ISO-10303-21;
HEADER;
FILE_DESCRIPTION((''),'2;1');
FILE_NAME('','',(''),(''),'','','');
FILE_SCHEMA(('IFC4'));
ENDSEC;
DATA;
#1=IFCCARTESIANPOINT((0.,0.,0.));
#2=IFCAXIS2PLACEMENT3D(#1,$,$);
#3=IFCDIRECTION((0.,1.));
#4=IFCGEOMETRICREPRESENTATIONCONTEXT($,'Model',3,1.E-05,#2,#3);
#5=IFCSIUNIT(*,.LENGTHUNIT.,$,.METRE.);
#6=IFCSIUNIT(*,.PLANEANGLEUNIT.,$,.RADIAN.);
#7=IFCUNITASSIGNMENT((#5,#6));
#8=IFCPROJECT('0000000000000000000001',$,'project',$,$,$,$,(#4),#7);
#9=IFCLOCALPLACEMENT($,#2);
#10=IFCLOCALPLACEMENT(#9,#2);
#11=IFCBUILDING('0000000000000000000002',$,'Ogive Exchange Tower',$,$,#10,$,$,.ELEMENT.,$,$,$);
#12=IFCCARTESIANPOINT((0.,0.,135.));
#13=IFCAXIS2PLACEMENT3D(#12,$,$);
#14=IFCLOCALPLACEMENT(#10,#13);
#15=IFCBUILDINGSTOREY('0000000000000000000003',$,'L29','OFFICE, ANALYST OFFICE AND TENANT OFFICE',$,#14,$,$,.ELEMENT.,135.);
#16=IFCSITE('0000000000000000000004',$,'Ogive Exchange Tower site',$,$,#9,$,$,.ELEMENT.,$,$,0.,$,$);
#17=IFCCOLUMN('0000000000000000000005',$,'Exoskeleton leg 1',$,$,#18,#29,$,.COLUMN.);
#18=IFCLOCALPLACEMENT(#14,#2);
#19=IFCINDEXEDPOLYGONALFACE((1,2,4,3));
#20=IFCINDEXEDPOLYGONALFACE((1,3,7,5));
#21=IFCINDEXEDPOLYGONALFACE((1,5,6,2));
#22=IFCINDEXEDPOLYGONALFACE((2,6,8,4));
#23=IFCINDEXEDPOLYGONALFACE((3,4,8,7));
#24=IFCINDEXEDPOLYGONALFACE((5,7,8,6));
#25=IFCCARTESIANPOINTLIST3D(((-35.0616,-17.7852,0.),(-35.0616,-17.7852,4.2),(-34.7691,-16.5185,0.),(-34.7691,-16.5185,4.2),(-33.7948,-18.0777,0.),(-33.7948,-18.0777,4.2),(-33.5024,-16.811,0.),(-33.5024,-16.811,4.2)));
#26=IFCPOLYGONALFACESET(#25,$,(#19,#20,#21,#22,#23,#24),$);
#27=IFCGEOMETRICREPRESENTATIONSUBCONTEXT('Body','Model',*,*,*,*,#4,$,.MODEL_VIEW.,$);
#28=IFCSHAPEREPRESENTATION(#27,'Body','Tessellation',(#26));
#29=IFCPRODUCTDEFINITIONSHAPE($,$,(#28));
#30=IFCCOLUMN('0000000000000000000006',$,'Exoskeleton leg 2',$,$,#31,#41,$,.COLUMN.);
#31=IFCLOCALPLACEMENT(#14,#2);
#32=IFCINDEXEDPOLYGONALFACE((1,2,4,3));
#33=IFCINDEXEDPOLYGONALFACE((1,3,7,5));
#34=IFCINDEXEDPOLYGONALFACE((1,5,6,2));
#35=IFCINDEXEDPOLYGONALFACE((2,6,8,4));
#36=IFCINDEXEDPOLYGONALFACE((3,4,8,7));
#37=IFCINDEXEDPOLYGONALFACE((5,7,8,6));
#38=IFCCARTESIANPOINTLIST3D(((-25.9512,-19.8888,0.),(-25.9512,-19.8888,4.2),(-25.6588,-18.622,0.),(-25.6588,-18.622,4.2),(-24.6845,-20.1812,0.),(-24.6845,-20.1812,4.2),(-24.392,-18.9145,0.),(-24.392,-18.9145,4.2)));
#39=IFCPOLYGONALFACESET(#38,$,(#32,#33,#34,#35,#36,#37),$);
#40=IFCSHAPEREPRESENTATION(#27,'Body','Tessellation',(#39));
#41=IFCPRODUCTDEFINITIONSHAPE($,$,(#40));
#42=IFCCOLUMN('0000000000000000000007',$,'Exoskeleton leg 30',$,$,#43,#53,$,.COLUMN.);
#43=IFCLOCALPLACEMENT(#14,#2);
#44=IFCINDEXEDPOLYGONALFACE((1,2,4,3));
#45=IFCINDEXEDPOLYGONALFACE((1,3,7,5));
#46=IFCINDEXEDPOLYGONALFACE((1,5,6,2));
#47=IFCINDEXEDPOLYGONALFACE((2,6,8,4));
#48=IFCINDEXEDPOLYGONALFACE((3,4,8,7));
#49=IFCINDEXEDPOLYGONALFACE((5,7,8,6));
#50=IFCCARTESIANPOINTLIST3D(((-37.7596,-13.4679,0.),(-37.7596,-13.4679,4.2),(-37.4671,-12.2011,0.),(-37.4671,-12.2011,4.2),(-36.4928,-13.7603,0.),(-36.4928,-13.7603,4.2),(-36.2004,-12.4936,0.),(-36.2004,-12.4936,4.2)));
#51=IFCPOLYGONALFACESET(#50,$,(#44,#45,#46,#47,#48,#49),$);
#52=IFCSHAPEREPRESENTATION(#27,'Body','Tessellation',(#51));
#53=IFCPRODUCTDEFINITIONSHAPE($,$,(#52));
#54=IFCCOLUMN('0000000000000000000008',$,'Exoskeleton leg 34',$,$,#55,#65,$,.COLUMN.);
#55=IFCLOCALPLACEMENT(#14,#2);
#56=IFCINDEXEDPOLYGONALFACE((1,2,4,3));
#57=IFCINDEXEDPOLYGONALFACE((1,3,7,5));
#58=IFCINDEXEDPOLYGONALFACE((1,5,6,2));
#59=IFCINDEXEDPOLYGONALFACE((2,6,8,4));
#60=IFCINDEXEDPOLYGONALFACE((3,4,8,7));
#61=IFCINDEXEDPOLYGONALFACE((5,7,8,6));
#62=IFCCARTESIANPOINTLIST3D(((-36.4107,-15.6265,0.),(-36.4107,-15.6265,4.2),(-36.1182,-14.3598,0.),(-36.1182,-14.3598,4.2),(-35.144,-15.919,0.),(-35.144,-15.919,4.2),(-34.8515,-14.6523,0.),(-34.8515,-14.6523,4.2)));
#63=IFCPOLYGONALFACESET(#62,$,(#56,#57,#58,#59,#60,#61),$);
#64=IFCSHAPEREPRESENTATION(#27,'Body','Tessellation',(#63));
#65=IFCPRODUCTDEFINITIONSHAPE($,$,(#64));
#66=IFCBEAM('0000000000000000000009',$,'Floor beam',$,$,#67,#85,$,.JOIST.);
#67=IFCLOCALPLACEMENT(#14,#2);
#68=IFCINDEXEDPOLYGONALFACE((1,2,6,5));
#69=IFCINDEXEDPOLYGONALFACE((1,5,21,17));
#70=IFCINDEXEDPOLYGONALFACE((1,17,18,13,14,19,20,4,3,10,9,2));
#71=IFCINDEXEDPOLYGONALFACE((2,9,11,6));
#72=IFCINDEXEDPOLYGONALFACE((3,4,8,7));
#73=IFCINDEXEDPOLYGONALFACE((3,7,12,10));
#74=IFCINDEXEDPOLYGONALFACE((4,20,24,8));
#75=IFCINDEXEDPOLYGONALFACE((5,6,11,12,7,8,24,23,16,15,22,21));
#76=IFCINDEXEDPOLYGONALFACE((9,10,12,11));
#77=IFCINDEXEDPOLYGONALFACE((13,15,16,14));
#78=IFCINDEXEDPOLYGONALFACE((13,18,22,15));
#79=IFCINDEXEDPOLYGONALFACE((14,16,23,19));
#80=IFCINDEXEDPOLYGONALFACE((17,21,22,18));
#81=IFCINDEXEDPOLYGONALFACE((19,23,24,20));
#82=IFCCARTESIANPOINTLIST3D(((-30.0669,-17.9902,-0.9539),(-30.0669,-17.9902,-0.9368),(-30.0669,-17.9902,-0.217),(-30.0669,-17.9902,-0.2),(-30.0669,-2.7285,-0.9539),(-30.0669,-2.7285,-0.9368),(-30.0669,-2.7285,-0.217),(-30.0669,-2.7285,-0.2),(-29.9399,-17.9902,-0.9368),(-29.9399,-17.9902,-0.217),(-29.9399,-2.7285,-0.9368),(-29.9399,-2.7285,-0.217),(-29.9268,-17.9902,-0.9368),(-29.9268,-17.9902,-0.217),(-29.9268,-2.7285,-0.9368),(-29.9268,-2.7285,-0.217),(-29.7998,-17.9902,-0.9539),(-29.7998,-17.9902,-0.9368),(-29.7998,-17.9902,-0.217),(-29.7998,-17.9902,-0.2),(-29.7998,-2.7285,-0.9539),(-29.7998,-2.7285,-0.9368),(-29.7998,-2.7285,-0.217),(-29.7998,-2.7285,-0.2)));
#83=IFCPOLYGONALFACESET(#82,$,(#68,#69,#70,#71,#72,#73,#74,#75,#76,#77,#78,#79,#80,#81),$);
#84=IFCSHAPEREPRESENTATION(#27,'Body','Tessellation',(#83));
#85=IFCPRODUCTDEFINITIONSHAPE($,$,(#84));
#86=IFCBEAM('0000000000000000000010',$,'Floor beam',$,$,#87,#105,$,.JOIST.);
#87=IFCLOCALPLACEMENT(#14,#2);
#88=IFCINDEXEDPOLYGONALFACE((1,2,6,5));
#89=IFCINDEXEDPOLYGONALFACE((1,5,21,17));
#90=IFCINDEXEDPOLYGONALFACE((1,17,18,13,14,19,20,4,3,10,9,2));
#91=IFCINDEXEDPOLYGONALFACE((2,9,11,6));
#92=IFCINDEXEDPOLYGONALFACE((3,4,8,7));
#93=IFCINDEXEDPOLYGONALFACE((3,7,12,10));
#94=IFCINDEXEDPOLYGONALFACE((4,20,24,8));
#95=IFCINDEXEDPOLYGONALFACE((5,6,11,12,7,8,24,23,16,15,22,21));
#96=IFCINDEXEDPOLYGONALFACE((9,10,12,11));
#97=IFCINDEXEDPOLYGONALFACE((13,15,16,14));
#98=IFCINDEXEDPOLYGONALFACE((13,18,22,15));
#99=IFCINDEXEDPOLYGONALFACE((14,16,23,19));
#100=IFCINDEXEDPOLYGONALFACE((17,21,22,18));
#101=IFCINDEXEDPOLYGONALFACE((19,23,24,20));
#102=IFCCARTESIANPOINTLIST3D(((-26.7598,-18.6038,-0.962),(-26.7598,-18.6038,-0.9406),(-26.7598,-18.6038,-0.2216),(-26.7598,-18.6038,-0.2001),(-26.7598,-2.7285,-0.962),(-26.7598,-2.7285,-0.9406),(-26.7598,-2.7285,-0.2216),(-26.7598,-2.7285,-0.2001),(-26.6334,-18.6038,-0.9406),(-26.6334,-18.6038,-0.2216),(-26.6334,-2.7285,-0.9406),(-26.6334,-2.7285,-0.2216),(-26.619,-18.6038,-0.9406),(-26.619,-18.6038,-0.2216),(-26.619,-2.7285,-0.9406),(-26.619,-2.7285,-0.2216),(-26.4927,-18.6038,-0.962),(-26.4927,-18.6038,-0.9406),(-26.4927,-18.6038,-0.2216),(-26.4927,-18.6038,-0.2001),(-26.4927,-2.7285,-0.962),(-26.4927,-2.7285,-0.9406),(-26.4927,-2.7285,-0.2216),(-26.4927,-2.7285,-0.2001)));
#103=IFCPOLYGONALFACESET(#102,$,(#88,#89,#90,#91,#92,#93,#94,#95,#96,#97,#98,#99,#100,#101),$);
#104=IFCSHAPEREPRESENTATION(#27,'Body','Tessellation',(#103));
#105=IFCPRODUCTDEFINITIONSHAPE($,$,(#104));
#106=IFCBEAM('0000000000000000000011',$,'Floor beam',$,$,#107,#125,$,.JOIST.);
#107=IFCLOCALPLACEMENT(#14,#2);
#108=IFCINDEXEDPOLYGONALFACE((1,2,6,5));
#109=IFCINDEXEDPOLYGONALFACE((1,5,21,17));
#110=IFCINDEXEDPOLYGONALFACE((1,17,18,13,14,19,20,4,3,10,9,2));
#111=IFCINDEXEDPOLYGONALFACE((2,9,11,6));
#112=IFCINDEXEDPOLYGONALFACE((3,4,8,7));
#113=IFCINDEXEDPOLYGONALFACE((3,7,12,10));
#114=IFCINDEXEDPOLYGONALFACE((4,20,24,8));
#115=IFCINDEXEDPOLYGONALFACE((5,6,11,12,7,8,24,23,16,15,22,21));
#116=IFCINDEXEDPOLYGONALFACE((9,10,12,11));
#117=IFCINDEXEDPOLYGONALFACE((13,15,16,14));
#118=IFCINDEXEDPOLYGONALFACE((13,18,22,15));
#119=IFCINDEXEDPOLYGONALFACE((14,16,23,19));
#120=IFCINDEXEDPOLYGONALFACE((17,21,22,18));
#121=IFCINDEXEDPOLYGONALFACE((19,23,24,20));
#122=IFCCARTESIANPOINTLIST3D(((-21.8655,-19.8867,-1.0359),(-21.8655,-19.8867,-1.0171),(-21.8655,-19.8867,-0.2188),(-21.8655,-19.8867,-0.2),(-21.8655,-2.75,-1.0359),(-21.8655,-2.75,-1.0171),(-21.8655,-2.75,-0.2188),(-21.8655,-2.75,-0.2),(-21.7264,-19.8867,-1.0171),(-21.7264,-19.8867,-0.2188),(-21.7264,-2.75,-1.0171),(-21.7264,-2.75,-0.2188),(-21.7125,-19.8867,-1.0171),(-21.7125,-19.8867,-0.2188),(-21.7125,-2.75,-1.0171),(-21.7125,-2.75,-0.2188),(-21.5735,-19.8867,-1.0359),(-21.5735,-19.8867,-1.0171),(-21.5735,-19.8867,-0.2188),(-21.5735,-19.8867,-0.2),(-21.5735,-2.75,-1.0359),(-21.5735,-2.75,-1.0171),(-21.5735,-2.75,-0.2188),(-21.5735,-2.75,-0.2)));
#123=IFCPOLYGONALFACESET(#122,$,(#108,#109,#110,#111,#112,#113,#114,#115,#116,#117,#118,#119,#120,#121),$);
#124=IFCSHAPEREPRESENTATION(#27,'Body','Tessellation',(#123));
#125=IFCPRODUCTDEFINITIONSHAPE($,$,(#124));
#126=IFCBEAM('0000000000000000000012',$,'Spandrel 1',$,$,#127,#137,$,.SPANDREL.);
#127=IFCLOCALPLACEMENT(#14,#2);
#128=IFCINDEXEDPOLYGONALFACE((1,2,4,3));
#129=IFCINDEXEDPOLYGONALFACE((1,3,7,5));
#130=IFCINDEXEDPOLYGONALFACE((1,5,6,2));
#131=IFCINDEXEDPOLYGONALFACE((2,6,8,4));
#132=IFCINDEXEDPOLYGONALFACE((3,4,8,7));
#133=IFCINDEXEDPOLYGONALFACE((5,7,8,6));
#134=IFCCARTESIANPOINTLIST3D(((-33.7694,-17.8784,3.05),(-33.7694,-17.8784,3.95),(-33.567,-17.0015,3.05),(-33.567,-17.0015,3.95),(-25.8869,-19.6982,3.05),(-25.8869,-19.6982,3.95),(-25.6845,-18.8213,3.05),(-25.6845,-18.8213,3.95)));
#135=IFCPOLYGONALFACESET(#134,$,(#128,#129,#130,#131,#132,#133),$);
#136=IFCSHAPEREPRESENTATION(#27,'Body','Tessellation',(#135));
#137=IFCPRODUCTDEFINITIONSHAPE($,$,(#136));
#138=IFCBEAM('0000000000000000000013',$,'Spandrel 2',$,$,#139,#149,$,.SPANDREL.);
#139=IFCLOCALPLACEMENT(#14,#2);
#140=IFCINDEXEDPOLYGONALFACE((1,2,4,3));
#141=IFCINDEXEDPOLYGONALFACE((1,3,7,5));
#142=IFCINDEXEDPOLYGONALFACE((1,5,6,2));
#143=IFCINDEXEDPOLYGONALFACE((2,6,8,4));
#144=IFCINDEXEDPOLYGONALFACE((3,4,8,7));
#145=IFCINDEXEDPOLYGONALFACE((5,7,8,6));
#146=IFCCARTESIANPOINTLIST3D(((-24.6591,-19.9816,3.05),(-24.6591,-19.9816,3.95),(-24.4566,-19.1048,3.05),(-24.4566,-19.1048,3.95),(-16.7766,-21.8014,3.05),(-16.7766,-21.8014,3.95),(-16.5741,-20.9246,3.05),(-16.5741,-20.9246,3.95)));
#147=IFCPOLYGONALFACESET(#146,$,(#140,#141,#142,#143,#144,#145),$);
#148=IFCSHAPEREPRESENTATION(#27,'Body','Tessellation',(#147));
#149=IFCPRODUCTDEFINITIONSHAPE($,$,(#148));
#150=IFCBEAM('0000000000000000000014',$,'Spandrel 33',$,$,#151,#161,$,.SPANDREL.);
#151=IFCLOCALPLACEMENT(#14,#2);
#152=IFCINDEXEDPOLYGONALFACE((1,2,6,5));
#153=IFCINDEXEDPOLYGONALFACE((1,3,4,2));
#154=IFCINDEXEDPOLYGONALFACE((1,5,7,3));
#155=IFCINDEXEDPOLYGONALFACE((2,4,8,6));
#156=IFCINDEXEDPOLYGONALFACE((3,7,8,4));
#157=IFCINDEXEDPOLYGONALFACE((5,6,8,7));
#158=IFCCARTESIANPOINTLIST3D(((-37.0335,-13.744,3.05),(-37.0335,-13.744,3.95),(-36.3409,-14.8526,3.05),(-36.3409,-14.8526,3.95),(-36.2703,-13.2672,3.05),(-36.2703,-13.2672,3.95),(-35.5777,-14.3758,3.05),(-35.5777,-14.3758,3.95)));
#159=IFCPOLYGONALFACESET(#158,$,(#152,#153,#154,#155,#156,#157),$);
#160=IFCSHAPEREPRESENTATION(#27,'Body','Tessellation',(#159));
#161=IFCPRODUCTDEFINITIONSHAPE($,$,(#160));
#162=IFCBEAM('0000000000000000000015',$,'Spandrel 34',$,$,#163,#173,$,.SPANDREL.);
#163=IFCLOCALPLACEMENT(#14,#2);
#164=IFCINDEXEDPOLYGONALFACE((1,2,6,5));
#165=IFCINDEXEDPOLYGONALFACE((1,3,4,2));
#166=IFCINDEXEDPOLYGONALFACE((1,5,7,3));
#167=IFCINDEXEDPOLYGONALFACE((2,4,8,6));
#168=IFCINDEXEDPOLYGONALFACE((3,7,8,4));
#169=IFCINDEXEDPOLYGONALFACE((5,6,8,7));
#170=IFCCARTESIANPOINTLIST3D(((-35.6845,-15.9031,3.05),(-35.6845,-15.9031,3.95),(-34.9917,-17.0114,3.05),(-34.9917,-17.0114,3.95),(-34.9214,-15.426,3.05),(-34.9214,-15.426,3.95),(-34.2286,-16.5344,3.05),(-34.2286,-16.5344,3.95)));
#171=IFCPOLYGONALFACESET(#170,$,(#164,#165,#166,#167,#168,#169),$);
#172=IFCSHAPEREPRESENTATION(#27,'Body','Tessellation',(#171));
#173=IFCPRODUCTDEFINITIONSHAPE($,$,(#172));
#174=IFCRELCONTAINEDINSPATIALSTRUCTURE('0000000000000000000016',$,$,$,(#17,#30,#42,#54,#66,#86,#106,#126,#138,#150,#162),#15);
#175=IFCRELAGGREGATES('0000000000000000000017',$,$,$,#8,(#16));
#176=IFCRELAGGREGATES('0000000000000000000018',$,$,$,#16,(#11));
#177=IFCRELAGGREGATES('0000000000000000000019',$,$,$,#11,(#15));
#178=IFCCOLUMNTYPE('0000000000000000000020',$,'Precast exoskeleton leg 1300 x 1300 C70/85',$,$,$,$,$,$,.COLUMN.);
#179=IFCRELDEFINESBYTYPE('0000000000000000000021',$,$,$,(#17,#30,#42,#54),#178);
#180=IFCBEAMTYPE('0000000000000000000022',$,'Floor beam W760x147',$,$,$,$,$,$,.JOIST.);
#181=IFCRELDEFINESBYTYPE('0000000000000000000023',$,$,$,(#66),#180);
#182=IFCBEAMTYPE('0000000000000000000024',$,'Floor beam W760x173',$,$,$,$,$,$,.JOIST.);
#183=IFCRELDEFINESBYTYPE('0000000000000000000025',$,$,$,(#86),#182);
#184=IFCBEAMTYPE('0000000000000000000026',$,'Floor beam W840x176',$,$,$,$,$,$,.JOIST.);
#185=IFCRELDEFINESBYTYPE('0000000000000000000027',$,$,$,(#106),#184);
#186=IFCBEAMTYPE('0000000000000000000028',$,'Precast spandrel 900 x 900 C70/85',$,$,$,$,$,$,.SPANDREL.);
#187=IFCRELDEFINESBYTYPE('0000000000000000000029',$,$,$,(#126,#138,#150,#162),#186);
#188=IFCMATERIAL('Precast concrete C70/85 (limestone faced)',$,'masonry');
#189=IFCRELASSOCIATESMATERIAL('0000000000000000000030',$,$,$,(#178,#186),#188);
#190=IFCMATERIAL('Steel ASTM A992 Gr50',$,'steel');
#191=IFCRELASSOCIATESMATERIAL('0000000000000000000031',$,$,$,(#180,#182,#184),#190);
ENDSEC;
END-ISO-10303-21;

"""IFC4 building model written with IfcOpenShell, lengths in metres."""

from ifc_helpers import new_model, si_unit, direction, frame, origin, origin_2d, place, context, subcontext, project, spatial, rectangle, i_section, extrude, material, material_profile, profile_set, type_object, element, save


model = new_model("IFC4")

# Units and contexts
model_context = context("Model", 3, precision=1e-05, world=origin(), true_north=direction((0.0, 1.0)))
body_context = subcontext(model_context, "Body", "Model", "MODEL_VIEW")
ifc_project = project(units=[si_unit("LENGTHUNIT", "METRE"), si_unit("PLANEANGLEUNIT", "RADIAN")], contexts=[model_context])

# Site, building, storey
site_placement = place(None, origin())
site = spatial("IfcSite", under=ifc_project, at=site_placement, Name="Ogive Exchange Tower site", CompositionType="ELEMENT", RefElevation=0.0)
building_placement = place(site_placement, origin())
building = spatial("IfcBuilding", under=site, at=building_placement, Name="Ogive Exchange Tower", CompositionType="ELEMENT")
storey_placement = place(building_placement, frame((0.0, 0.0, 135.0)))
storey = spatial("IfcBuildingStorey", under=building, at=storey_placement, Name="L29", Description="OFFICE, ANALYST OFFICE AND TENANT OFFICE", CompositionType="ELEMENT", Elevation=135.0)

# Columns
ifc_material_1 = material(Name="Precast concrete C70/85 (limestone faced)", Category="masonry")
ifc_material_profile_1 = material_profile(ifc_material_1, rectangle(XDim=1.3, YDim=1.3, at=origin_2d()), Name="1300 x 1300")
ifc_profile_set_1 = profile_set([ifc_material_profile_1], Name="Precast concrete C70/85 (limestone faced)")
column_type = type_object("IfcColumnType", Name="Precast exoskeleton leg 1300 x 1300 C70/85", PredefinedType="COLUMN", material=ifc_profile_set_1)
for number, where, z_axis, x_axis, name in (
    (1, (-34.282, -17.2981, 0.0), (0.0, 0.0, 1.0), (0.97437, -0.224951, 0.0), "Exoskeleton leg 1"),
    (2, (-25.1716, -19.4016, 0.0), (0.0, 0.0, 1.0), (0.97437, -0.224951, 0.0), "Exoskeleton leg 2"),
    (3, (-36.98, -12.9807, 0.0), (0.0, 0.0, 1.0), (0.97437, -0.224951, 0.0), "Exoskeleton leg 30"),
    (4, (-35.6311, -15.1394, 0.0), (0.0, 0.0, 1.0), (0.97437, -0.224951, 0.0), "Exoskeleton leg 34"),
):
    element("IfcColumn", number, at=place(storey_placement, frame(where, z_axis=z_axis, x_axis=x_axis)), inside=storey, type_object=column_type, Name=name, PredefinedType="COLUMN", context=body_context, shape_type="SweptSolid", body=[
        extrude(rectangle(XDim=1.3, YDim=1.3, at=origin_2d()), origin(), (0.0, 0.0, 1.0), 4.2),
    ])

# Beams
ifc_material_2 = material(Name="Steel ASTM A992 Gr50", Category="steel")
ifc_material_profile_2 = material_profile(ifc_material_2, i_section(OverallWidth=0.2671, OverallDepth=0.7539, WebThickness=0.0132, FlangeThickness=0.0171, at=origin_2d()), Name="W760x147")
ifc_profile_set_2 = profile_set([ifc_material_profile_2], Name="Steel ASTM A992 Gr50")
beam_type_1 = type_object("IfcBeamType", Name="Floor beam W760x147", PredefinedType="JOIST", material=ifc_profile_set_2)
beam_1_placement = place(storey_placement, frame((-29.9333, -17.9902, -0.5769), z_axis=(0.0, 1.0, 0.0), x_axis=(-1.0, 0.0, 0.0)))
element("IfcBeam", 5, at=beam_1_placement, inside=storey, type_object=beam_type_1, Name="Floor beam", PredefinedType="JOIST", context=body_context, shape_type="SweptSolid", body=[
    extrude(i_section(OverallWidth=0.2671, OverallDepth=0.7539, WebThickness=0.0132, FlangeThickness=0.0171, at=origin_2d()), origin(), (0.0, 0.0, 1.0), 15.2617),
])
ifc_material_profile_3 = material_profile(ifc_material_2, i_section(OverallWidth=0.2671, OverallDepth=0.762, WebThickness=0.0144, FlangeThickness=0.0215, at=origin_2d()), Name="W760x173")
ifc_profile_set_3 = profile_set([ifc_material_profile_3], Name="Steel ASTM A992 Gr50")
beam_type_2 = type_object("IfcBeamType", Name="Floor beam W760x173", PredefinedType="JOIST", material=ifc_profile_set_3)
beam_2_placement = place(storey_placement, frame((-26.6262, -18.6038, -0.5811), z_axis=(0.0, 1.0, 0.0), x_axis=(-1.0, 0.0, 0.0)))
element("IfcBeam", 6, at=beam_2_placement, inside=storey, type_object=beam_type_2, Name="Floor beam", PredefinedType="JOIST", context=body_context, shape_type="SweptSolid", body=[
    extrude(i_section(OverallWidth=0.2671, OverallDepth=0.762, WebThickness=0.0144, FlangeThickness=0.0215, at=origin_2d()), origin(), (0.0, 0.0, 1.0), 15.8752),
])
ifc_material_profile_4 = material_profile(ifc_material_2, i_section(OverallWidth=0.292, OverallDepth=0.8359, WebThickness=0.0139, FlangeThickness=0.0188, at=origin_2d()), Name="W840x176")
ifc_profile_set_4 = profile_set([ifc_material_profile_4], Name="Steel ASTM A992 Gr50")
beam_type_3 = type_object("IfcBeamType", Name="Floor beam W840x176", PredefinedType="JOIST", material=ifc_profile_set_4)
beam_3_placement = place(storey_placement, frame((-21.7195, -19.8867, -0.6179), z_axis=(0.0, 1.0, 0.0), x_axis=(-1.0, 0.0, 0.0)))
element("IfcBeam", 7, at=beam_3_placement, inside=storey, type_object=beam_type_3, Name="Floor beam", PredefinedType="JOIST", context=body_context, shape_type="SweptSolid", body=[
    extrude(i_section(OverallWidth=0.292, OverallDepth=0.8359, WebThickness=0.0139, FlangeThickness=0.0188, at=origin_2d()), origin(), (0.0, 0.0, 1.0), 17.1367),
])
ifc_material_profile_5 = material_profile(ifc_material_1, rectangle(XDim=0.8999, YDim=0.8999, at=origin_2d()), Name="900 x 900")
ifc_profile_set_5 = profile_set([ifc_material_profile_5], Name="Precast concrete C70/85 (limestone faced)")
beam_type_4 = type_object("IfcBeamType", Name="Precast spandrel 900 x 900 C70/85", PredefinedType="SPANDREL", material=ifc_profile_set_5)
for number, where, z_axis, x_axis, name in (
    (8, (-33.6682, -17.4399, 3.5), (0.97437, -0.22495, 0.0), (0.22495, 0.97437, 0.0), "Spandrel 1"),
    (9, (-24.5579, -19.5432, 3.5), (0.97437, -0.22495, 0.0), (0.22495, 0.97437, 0.0), "Spandrel 2"),
):
    element("IfcBeam", number, at=place(storey_placement, frame(where, z_axis=z_axis, x_axis=x_axis)), inside=storey, type_object=beam_type_4, Name=name, PredefinedType="SPANDREL", context=body_context, shape_type="SweptSolid", body=[
        extrude(rectangle(XDim=0.8999, YDim=0.8999, at=origin_2d()), origin(), (0.0, 0.0, 1.0), 8.0898),
    ])
for number, where, z_axis, x_axis, name in (
    (10, (-36.6519, -13.5056, 3.5), (0.529848, -0.848093, 0.0), (0.848093, 0.529848, 0.0), "Spandrel 33"),
    (11, (-35.303, -15.6646, 3.5), (0.530066, -0.847956, 0.0), (0.847956, 0.530066, 0.0), "Spandrel 34"),
):
    element("IfcBeam", number, at=place(storey_placement, frame(where, z_axis=z_axis, x_axis=x_axis)), inside=storey, type_object=beam_type_4, Name=name, PredefinedType="SPANDREL", context=body_context, shape_type="SweptSolid", body=[
        extrude(rectangle(XDim=0.8999, YDim=0.8999, at=origin_2d()), origin(), (0.0, 0.0, 1.0), 1.3071),
    ])

save(model, "model.ifc")
